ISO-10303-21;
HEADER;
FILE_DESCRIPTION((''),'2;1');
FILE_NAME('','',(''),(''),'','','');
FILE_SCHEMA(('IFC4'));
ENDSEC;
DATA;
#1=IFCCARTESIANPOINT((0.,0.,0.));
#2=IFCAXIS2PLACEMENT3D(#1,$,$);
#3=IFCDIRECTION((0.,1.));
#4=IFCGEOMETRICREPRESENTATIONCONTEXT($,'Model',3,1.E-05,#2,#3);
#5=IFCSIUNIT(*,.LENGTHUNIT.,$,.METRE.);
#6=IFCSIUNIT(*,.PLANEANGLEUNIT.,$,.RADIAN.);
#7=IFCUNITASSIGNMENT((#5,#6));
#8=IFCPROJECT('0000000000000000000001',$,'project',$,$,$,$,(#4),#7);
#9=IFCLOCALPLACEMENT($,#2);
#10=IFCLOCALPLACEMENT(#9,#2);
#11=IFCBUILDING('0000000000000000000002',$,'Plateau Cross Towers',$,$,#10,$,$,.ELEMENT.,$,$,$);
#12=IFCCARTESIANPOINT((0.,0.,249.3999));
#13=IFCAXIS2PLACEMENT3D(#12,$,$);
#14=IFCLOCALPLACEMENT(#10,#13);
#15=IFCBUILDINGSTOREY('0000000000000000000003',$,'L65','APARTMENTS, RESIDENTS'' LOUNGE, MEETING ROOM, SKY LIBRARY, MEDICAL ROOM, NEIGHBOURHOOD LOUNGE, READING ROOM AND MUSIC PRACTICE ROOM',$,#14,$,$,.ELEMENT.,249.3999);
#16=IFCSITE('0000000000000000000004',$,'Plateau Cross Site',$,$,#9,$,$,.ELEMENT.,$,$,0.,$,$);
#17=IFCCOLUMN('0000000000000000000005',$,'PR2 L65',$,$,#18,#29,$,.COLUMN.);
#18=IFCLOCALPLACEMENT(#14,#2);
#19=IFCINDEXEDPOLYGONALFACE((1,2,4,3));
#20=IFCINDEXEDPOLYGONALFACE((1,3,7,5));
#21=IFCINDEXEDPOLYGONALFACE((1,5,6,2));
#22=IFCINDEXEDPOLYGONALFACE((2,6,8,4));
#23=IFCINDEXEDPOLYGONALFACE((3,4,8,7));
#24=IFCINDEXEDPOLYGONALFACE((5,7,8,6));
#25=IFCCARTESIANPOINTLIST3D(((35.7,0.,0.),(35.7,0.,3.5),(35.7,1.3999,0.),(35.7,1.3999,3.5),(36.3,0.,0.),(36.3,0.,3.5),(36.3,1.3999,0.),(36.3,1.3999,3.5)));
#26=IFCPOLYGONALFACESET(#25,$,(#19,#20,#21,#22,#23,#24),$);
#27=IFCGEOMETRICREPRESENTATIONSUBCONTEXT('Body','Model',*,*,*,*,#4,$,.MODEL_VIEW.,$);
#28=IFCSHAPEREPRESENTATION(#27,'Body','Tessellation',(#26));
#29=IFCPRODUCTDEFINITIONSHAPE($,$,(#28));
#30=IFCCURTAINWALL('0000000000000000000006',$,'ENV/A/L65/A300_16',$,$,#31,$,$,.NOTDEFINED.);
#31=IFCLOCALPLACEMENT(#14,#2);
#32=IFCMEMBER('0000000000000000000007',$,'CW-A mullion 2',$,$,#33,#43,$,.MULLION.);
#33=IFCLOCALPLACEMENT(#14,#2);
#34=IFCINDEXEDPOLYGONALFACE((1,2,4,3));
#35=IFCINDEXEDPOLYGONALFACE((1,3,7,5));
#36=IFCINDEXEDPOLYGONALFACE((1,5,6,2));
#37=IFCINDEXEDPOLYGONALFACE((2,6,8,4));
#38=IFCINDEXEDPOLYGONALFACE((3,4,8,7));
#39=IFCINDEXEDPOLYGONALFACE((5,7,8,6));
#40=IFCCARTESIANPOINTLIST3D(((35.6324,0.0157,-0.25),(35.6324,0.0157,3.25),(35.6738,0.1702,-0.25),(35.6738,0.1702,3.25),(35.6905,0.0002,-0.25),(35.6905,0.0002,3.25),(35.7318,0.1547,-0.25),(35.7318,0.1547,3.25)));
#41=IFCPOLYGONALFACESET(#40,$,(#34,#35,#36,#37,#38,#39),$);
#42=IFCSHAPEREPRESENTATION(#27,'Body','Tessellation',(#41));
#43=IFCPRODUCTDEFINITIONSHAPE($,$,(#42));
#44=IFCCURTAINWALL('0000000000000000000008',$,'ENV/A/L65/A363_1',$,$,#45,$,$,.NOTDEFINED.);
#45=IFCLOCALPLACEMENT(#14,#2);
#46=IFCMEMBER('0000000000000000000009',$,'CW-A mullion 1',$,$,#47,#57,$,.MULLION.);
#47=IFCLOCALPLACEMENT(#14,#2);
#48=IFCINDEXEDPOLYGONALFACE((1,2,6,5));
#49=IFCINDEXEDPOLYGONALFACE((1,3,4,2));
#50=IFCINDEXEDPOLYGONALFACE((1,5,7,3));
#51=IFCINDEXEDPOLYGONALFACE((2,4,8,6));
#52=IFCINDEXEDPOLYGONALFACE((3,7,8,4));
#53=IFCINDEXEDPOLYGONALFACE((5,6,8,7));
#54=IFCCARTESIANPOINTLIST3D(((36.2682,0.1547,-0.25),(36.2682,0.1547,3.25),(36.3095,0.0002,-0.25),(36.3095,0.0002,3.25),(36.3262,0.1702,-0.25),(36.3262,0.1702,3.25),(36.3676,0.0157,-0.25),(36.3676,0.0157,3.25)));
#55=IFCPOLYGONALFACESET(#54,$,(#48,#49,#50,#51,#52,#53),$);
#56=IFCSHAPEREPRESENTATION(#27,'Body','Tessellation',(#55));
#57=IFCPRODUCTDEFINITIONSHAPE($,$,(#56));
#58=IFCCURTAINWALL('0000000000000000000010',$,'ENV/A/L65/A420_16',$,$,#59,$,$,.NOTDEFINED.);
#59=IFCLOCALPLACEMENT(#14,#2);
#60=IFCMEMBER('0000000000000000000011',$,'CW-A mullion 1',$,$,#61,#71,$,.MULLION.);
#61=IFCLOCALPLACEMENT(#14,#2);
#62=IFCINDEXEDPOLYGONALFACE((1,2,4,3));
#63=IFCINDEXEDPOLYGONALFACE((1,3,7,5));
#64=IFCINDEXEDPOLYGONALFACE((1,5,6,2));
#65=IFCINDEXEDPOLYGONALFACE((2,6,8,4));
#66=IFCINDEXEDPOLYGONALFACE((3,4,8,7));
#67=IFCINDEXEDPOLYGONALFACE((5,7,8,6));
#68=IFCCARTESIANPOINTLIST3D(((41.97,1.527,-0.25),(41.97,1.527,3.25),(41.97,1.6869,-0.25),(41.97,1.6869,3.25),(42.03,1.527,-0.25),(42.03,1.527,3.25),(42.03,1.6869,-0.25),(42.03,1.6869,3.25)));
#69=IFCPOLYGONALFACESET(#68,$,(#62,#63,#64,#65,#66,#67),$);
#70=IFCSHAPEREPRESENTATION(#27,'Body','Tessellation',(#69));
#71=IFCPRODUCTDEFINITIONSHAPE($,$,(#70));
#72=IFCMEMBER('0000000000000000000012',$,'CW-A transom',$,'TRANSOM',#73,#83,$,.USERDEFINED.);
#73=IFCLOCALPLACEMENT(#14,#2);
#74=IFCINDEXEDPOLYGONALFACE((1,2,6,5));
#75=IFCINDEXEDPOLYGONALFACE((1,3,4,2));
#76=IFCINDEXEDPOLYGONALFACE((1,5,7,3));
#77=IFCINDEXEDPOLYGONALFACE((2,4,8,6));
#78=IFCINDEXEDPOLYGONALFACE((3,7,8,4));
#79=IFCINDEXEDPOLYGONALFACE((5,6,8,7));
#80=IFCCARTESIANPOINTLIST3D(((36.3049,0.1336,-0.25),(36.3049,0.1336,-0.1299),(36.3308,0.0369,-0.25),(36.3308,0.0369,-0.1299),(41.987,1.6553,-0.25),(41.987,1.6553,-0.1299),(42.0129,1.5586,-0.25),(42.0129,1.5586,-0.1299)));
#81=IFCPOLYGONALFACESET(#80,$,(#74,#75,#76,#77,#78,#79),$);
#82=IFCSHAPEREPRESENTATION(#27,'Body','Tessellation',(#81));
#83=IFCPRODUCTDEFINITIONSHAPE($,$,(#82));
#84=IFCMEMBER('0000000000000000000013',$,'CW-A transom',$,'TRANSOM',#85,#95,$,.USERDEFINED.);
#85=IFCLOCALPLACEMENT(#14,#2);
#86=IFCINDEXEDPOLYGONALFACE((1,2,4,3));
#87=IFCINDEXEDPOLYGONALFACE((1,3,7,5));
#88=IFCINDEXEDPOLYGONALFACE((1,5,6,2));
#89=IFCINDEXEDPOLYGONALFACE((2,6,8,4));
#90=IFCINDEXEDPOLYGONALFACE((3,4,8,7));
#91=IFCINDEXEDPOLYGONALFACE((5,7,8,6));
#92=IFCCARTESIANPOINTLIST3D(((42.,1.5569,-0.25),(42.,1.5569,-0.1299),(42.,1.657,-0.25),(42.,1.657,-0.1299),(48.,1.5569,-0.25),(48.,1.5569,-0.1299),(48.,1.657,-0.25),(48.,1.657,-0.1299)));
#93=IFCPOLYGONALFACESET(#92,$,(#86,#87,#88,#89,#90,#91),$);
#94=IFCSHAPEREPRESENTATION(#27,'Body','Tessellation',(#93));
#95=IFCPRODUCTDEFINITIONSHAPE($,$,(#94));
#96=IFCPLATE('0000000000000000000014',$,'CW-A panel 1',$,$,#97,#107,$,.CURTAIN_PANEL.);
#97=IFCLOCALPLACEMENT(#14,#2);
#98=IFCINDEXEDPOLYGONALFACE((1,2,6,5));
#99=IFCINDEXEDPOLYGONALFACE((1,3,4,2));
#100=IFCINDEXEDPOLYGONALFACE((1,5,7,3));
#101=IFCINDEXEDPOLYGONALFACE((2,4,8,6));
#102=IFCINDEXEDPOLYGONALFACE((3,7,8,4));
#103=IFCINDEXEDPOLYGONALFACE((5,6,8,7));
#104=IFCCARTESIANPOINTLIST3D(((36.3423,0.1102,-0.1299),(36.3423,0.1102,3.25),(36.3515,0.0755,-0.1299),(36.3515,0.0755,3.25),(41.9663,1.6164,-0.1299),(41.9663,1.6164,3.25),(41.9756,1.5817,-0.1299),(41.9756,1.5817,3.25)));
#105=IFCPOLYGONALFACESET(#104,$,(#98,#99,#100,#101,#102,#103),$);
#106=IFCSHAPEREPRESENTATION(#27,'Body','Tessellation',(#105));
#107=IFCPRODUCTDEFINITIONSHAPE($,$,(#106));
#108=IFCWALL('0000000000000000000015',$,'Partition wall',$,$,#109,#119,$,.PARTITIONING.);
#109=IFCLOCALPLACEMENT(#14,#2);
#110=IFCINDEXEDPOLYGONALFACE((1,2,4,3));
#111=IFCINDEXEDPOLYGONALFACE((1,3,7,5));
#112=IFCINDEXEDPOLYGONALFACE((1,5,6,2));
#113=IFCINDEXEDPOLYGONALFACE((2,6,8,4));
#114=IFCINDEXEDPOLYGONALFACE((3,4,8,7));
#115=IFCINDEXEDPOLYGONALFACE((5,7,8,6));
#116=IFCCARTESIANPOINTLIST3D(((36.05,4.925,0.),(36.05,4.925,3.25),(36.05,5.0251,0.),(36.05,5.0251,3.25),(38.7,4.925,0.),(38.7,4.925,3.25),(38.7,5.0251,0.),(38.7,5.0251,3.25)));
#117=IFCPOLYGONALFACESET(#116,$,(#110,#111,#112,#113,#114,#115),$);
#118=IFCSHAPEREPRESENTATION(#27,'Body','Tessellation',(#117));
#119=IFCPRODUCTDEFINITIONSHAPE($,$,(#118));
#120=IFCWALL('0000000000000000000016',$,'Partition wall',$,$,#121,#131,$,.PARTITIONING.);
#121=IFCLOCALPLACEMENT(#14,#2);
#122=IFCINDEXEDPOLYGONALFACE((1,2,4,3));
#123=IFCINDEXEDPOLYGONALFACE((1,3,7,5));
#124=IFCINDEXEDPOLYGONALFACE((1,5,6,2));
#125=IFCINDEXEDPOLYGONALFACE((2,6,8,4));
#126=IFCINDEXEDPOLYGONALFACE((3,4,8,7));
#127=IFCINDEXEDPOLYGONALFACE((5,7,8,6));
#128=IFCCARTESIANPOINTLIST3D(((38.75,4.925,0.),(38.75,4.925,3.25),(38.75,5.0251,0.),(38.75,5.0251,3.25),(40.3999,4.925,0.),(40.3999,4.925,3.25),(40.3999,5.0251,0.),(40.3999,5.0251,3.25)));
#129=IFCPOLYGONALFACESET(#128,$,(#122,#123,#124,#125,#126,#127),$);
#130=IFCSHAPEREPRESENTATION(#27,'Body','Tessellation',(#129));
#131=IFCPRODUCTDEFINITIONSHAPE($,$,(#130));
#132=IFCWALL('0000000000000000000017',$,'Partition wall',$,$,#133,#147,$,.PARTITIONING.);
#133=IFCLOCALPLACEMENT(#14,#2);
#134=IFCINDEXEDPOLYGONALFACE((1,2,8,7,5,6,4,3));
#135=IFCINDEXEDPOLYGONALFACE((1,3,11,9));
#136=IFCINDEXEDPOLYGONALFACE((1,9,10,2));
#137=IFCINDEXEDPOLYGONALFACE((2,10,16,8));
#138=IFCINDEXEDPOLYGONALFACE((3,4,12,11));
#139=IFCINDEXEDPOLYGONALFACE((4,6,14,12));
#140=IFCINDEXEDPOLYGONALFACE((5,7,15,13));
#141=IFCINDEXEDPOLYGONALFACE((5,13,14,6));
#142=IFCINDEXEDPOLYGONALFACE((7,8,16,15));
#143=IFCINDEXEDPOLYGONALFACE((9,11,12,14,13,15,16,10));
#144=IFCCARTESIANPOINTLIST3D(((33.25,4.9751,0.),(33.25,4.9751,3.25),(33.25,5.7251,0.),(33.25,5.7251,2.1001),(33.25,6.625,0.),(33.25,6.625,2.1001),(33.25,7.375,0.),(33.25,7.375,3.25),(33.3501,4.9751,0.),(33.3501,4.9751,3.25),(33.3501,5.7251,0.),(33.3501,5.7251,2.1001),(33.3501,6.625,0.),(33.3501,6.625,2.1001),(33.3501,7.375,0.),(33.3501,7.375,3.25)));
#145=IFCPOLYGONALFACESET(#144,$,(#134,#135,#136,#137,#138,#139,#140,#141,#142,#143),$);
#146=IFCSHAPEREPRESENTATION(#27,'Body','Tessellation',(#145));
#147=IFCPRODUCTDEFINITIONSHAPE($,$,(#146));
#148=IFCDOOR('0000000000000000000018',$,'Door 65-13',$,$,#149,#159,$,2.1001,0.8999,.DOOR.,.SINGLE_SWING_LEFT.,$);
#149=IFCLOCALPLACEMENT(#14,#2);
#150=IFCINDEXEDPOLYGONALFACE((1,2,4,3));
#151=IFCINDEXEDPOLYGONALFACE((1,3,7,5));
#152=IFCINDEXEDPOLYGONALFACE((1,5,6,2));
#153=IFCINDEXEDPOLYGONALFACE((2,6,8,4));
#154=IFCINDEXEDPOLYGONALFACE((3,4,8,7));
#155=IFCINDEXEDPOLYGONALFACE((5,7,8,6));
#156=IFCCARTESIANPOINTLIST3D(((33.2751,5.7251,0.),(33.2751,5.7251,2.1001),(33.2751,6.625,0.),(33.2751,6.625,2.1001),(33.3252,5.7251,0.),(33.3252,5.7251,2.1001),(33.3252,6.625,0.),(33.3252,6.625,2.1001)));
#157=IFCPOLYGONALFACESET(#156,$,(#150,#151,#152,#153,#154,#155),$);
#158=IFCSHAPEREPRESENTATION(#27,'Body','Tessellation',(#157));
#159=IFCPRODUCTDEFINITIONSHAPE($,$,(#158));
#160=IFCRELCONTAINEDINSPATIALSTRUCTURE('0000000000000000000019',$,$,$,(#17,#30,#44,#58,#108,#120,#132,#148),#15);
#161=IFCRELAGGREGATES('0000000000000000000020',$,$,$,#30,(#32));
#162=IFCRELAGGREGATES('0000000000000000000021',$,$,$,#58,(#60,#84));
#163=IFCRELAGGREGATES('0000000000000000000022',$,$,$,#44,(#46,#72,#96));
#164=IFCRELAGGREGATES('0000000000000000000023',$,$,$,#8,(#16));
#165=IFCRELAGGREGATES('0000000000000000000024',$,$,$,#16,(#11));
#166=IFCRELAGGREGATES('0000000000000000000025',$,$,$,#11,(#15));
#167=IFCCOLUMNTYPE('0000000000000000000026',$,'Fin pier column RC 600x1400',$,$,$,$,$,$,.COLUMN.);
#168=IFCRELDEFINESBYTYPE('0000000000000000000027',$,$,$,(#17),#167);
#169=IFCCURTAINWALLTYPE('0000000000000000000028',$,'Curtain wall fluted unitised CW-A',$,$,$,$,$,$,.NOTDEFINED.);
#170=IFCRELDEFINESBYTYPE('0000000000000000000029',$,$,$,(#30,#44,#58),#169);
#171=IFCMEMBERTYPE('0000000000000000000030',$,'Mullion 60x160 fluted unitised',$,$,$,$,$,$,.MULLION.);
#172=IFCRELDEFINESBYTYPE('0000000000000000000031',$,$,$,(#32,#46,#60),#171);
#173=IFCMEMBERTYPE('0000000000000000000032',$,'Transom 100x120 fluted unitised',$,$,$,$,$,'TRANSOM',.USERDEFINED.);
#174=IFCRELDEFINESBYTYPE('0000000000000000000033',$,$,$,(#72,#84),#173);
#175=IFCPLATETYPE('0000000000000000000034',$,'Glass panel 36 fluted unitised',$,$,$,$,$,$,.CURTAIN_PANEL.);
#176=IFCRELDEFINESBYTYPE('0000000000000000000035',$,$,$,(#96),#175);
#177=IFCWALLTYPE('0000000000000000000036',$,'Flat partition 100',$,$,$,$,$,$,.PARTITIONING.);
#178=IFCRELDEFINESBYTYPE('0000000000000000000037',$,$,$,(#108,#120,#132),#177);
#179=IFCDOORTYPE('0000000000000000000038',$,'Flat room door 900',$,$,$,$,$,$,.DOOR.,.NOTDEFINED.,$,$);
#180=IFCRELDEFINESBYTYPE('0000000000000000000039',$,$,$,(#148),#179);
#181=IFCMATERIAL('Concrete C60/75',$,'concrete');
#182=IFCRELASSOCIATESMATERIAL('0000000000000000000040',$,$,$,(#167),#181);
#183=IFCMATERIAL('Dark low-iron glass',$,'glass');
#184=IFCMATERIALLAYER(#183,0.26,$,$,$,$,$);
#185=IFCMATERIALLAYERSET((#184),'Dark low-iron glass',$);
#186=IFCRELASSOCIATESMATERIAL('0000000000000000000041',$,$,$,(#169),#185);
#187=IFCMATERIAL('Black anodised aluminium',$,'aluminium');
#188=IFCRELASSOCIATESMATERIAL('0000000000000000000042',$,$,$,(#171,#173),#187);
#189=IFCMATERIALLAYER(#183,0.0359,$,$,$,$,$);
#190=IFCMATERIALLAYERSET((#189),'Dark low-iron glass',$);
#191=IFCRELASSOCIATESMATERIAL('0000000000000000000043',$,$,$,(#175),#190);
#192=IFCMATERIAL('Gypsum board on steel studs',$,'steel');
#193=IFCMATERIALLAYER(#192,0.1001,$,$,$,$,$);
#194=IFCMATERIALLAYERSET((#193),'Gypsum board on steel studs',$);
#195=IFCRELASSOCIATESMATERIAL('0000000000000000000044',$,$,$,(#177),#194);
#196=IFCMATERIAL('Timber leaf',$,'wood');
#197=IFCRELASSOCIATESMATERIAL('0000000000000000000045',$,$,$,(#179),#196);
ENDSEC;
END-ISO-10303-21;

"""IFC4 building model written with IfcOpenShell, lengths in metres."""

from ifc_helpers import new_model, si_unit, direction, frame, frame_2d, origin, origin_2d, place, context, subcontext, project, spatial, rectangle, extrude, material, layer, layer_set, material_profile, profile_set, type_object, element, fill, aggregate, save


model = new_model("IFC4")

# Units and contexts
model_context = context("Model", 3, precision=1e-05, world=origin(), true_north=direction((0.0, 1.0)))
body_context = subcontext(model_context, "Body", "Model", "MODEL_VIEW")
ifc_project = project(units=[si_unit("LENGTHUNIT", "METRE"), si_unit("PLANEANGLEUNIT", "RADIAN")], contexts=[model_context])

# Site, building, storey
site_placement = place(None, origin())
site = spatial("IfcSite", under=ifc_project, at=site_placement, Name="Plateau Cross Site", CompositionType="ELEMENT", RefElevation=0.0)
building_placement = place(site_placement, origin())
building = spatial("IfcBuilding", under=site, at=building_placement, Name="Plateau Cross Towers", CompositionType="ELEMENT")
storey_placement = place(building_placement, frame((0.0, 0.0, 249.3999)))
storey = spatial("IfcBuildingStorey", under=building, at=storey_placement, Name="L65", Description="APARTMENTS, RESIDENTS' LOUNGE, MEETING ROOM, SKY LIBRARY, MEDICAL ROOM, NEIGHBOURHOOD LOUNGE, READING ROOM AND MUSIC PRACTICE ROOM", CompositionType="ELEMENT", Elevation=249.3999)

# Column
ifc_material_1 = material(Name="Concrete C60/75", Category="concrete")
ifc_material_profile_1 = material_profile(ifc_material_1, rectangle(XDim=0.6001, YDim=1.3999, at=origin_2d()), Name="RC 600x1400")
ifc_profile_set_1 = profile_set([ifc_material_profile_1], Name="Concrete C60/75")
column_type = type_object("IfcColumnType", Name="Fin pier column RC 600x1400", PredefinedType="COLUMN", material=ifc_profile_set_1)
column_placement = place(storey_placement, frame((36.0, 0.7, 0.0), z_axis=(0.0, 0.0, 1.0), x_axis=(1.0, 0.0, 0.0)))
element("IfcColumn", 1, at=column_placement, inside=storey, type_object=column_type, Name="PR2 L65", PredefinedType="COLUMN", context=body_context, shape_type="SweptSolid", body=[
    extrude(rectangle(XDim=0.6001, YDim=1.3999, at=origin_2d()), origin(), (0.0, 0.0, 1.0), 3.5),
])

# Curtain walls, members
ifc_material_2 = material(Name="Dark low-iron glass", Category="glass")
ifc_layer_1 = layer(ifc_material_2, 0.26)
ifc_layer_set_1 = layer_set([ifc_layer_1], Name="Dark low-iron glass")
curtain_wall_type = type_object("IfcCurtainWallType", Name="Curtain wall fluted unitised CW-A", PredefinedType="NOTDEFINED", material=ifc_layer_set_1)
curtain_wall_1_placement = place(storey_placement, origin())
curtain_wall_1 = element("IfcCurtainWall", 2, at=curtain_wall_1_placement, inside=storey, type_object=curtain_wall_type, Name="ENV/A/L65/A300_16", PredefinedType="NOTDEFINED")
ifc_material_3 = material(Name="Black anodised aluminium", Category="aluminium")
ifc_material_profile_2 = material_profile(ifc_material_3, rectangle(XDim=0.0601, YDim=0.1599, at=origin_2d()), Name="MULLION 60x160")
ifc_profile_set_2 = profile_set([ifc_material_profile_2], Name="Black anodised aluminium")
member_type_1 = type_object("IfcMemberType", Name="Mullion 60x160 fluted unitised", PredefinedType="MULLION", material=ifc_profile_set_2)
member_1_placement = place(storey_placement, frame((35.6821, 0.0852, -0.25), z_axis=(0.0, 0.0, 1.0), x_axis=(0.965958, -0.258699, 0.0)))
member_1 = element("IfcMember", 3, at=member_1_placement, type_object=member_type_1, Name="CW-A mullion 2", PredefinedType="MULLION", context=body_context, shape_type="SweptSolid", body=[
    extrude(rectangle(XDim=0.0601, YDim=0.1599, at=origin_2d()), origin(), (0.0, 0.0, 1.0), 3.5),
])
aggregate(curtain_wall_1, [member_1])
curtain_wall_2_placement = place(storey_placement, origin())
curtain_wall_2 = element("IfcCurtainWall", 4, at=curtain_wall_2_placement, inside=storey, type_object=curtain_wall_type, Name="ENV/A/L65/A363_1", PredefinedType="NOTDEFINED")
member_2_placement = place(storey_placement, frame((36.3179, 0.0852, -0.25), z_axis=(0.0, 0.0, 1.0), x_axis=(0.965958, 0.258699, 0.0)))
member_2 = element("IfcMember", 5, at=member_2_placement, type_object=member_type_1, Name="CW-A mullion 1", PredefinedType="MULLION", context=body_context, shape_type="SweptSolid", body=[
    extrude(rectangle(XDim=0.0601, YDim=0.1599, at=origin_2d()), origin(), (0.0, 0.0, 1.0), 3.5),
])
curtain_wall_3_placement = place(storey_placement, origin())
curtain_wall_3 = element("IfcCurtainWall", 6, at=curtain_wall_3_placement, inside=storey, type_object=curtain_wall_type, Name="ENV/A/L65/A420_16", PredefinedType="NOTDEFINED")
member_3_placement = place(storey_placement, frame((42.0, 1.6069, -0.25), z_axis=(0.0, 0.0, 1.0), x_axis=(1.0, 0.0, 0.0)))
member_3 = element("IfcMember", 7, at=member_3_placement, type_object=member_type_1, Name="CW-A mullion 1", PredefinedType="MULLION", context=body_context, shape_type="SweptSolid", body=[
    extrude(rectangle(XDim=0.0601, YDim=0.1599, at=origin_2d()), origin(), (0.0, 0.0, 1.0), 3.5),
])

# Members
ifc_material_profile_3 = material_profile(ifc_material_3, rectangle(XDim=0.1001, YDim=0.1201, at=origin_2d()), Name="TRANSOM 100x120")
ifc_profile_set_3 = profile_set([ifc_material_profile_3], Name="Black anodised aluminium")
member_type_2 = type_object("IfcMemberType", Name="Transom 100x120 fluted unitised", ElementType="TRANSOM", PredefinedType="USERDEFINED", material=ifc_profile_set_3)
member_4_placement = place(storey_placement, frame((36.3179, 0.0852, -0.1899), z_axis=(0.96596, 0.258693, 0.0), x_axis=(-0.258693, 0.96596, 0.0)))
member_4 = element("IfcMember", 8, at=member_4_placement, type_object=member_type_2, Name="CW-A transom", ObjectType="TRANSOM", PredefinedType="USERDEFINED", context=body_context, shape_type="SweptSolid", body=[
    extrude(rectangle(XDim=0.1001, YDim=0.1201, at=origin_2d()), origin(), (0.0, 0.0, 1.0), 5.8823),
])
member_5_placement = place(storey_placement, frame((42.0, 1.6069, -0.1899), z_axis=(1.0, 0.0, 0.0), x_axis=(0.0, 1.0, 0.0)))
member_5 = element("IfcMember", 9, at=member_5_placement, type_object=member_type_2, Name="CW-A transom", ObjectType="TRANSOM", PredefinedType="USERDEFINED", context=body_context, shape_type="SweptSolid", body=[
    extrude(rectangle(XDim=0.1001, YDim=0.1201, at=origin_2d()), origin(), (0.0, 0.0, 1.0), 6.0),
])
aggregate(curtain_wall_3, [member_3, member_5])

# Plate
ifc_layer_2 = layer(ifc_material_2, 0.0359)
ifc_layer_set_2 = layer_set([ifc_layer_2], Name="Dark low-iron glass")
plate_type = type_object("IfcPlateType", Name="Glass panel 36 fluted unitised", PredefinedType="CURTAIN_PANEL", material=ifc_layer_set_2)
plate_placement = place(storey_placement, frame((39.1589, 0.8459, -0.1299), z_axis=(0.0, 0.0, 1.0), x_axis=(0.965958, 0.258699, 0.0)))
plate = element("IfcPlate", 10, at=plate_placement, type_object=plate_type, Name="CW-A panel 1", PredefinedType="CURTAIN_PANEL", context=body_context, shape_type="SweptSolid", body=[
    extrude(rectangle(XDim=5.8223, YDim=0.0359, at=origin_2d()), origin(), (0.0, 0.0, 1.0), 3.3799),
])
aggregate(curtain_wall_2, [member_2, member_4, plate])

# Walls
ifc_material_4 = material(Name="Gypsum board on steel studs", Category="steel")
ifc_layer_3 = layer(ifc_material_4, 0.1001)
ifc_layer_set_3 = layer_set([ifc_layer_3], Name="Gypsum board on steel studs")
wall_type_1 = type_object("IfcWallType", Name="Flat partition 100", PredefinedType="PARTITIONING", material=ifc_layer_set_3)
wall_1_placement = place(storey_placement, frame((38.7, 4.9751, 0.0), z_axis=(0.0, 0.0, 1.0), x_axis=(-1.0, 0.0, 0.0)))
element("IfcWall", 11, at=wall_1_placement, inside=storey, type_object=wall_type_1, Name="Partition wall", PredefinedType="PARTITIONING", context=body_context, shape_type="SweptSolid", body=[
    extrude(rectangle(XDim=2.6499, YDim=0.1001, at=frame_2d((1.325, 0.0))), origin(), (0.0, 0.0, 1.0), 3.25),
])
wall_2_placement = place(storey_placement, frame((38.75, 4.9751, 0.0), z_axis=(0.0, 0.0, 1.0), x_axis=(1.0, 0.0, 0.0)))
element("IfcWall", 12, at=wall_2_placement, inside=storey, type_object=wall_type_1, Name="Partition wall", PredefinedType="PARTITIONING", context=body_context, shape_type="SweptSolid", body=[
    extrude(rectangle(XDim=1.6499, YDim=0.1001, at=frame_2d((0.825, 0.0))), origin(), (0.0, 0.0, 1.0), 3.25),
])

# Wall, opening, door
wall_3_placement = place(storey_placement, frame((33.3, 4.9751, 0.0), z_axis=(0.0, 0.0, 1.0), x_axis=(0.0, 1.0, 0.0)))
wall_3 = element("IfcWall", 13, at=wall_3_placement, inside=storey, type_object=wall_type_1, Name="Partition wall", PredefinedType="PARTITIONING", context=body_context, shape_type="SweptSolid", body=[
    extrude(rectangle(XDim=2.3999, YDim=0.1001, at=frame_2d((1.2, 0.0))), origin(), (0.0, 0.0, 1.0), 3.25),
])
opening_1_placement = place(wall_3_placement, frame((0.75, 0.0, 0.0)))
opening_1 = element("IfcOpeningElement", 14, at=opening_1_placement, cuts=wall_3, PredefinedType="OPENING", context=body_context, shape_type="SweptSolid", body=[
    extrude(rectangle(XDim=0.8999, YDim=2.1001, at=frame_2d((0.45, 1.05))), frame((0.0, 0.0601, 0.0), z_axis=(0.0, -1.0, 0.0), x_axis=(1.0, 0.0, 0.0)), (0.0, 0.0, 1.0), 0.1201),
])
ifc_material_5 = material(Name="Timber leaf", Category="wood")
door_type = type_object("IfcDoorType", Name="Flat room door 900", OperationType="NOTDEFINED", PredefinedType="DOOR", material=ifc_material_5)
door_1_placement = place(opening_1_placement, origin())
door_1 = element("IfcDoor", 15, at=door_1_placement, inside=storey, type_object=door_type, Name="Door 65-13", OperationType="SINGLE_SWING_LEFT", OverallHeight=2.1001, OverallWidth=0.8999, PredefinedType="DOOR", context=body_context, shape_type="SweptSolid", body=[
    extrude(rectangle(XDim=0.8999, YDim=2.1001, at=frame_2d((0.45, 1.05))), frame((0.0, 0.0249, 0.0), z_axis=(0.0, -1.0, 0.0), x_axis=(1.0, 0.0, 0.0)), (0.0, 0.0, 1.0), 0.05),
])
fill(opening_1, door_1)

save(model, "model.ifc")
